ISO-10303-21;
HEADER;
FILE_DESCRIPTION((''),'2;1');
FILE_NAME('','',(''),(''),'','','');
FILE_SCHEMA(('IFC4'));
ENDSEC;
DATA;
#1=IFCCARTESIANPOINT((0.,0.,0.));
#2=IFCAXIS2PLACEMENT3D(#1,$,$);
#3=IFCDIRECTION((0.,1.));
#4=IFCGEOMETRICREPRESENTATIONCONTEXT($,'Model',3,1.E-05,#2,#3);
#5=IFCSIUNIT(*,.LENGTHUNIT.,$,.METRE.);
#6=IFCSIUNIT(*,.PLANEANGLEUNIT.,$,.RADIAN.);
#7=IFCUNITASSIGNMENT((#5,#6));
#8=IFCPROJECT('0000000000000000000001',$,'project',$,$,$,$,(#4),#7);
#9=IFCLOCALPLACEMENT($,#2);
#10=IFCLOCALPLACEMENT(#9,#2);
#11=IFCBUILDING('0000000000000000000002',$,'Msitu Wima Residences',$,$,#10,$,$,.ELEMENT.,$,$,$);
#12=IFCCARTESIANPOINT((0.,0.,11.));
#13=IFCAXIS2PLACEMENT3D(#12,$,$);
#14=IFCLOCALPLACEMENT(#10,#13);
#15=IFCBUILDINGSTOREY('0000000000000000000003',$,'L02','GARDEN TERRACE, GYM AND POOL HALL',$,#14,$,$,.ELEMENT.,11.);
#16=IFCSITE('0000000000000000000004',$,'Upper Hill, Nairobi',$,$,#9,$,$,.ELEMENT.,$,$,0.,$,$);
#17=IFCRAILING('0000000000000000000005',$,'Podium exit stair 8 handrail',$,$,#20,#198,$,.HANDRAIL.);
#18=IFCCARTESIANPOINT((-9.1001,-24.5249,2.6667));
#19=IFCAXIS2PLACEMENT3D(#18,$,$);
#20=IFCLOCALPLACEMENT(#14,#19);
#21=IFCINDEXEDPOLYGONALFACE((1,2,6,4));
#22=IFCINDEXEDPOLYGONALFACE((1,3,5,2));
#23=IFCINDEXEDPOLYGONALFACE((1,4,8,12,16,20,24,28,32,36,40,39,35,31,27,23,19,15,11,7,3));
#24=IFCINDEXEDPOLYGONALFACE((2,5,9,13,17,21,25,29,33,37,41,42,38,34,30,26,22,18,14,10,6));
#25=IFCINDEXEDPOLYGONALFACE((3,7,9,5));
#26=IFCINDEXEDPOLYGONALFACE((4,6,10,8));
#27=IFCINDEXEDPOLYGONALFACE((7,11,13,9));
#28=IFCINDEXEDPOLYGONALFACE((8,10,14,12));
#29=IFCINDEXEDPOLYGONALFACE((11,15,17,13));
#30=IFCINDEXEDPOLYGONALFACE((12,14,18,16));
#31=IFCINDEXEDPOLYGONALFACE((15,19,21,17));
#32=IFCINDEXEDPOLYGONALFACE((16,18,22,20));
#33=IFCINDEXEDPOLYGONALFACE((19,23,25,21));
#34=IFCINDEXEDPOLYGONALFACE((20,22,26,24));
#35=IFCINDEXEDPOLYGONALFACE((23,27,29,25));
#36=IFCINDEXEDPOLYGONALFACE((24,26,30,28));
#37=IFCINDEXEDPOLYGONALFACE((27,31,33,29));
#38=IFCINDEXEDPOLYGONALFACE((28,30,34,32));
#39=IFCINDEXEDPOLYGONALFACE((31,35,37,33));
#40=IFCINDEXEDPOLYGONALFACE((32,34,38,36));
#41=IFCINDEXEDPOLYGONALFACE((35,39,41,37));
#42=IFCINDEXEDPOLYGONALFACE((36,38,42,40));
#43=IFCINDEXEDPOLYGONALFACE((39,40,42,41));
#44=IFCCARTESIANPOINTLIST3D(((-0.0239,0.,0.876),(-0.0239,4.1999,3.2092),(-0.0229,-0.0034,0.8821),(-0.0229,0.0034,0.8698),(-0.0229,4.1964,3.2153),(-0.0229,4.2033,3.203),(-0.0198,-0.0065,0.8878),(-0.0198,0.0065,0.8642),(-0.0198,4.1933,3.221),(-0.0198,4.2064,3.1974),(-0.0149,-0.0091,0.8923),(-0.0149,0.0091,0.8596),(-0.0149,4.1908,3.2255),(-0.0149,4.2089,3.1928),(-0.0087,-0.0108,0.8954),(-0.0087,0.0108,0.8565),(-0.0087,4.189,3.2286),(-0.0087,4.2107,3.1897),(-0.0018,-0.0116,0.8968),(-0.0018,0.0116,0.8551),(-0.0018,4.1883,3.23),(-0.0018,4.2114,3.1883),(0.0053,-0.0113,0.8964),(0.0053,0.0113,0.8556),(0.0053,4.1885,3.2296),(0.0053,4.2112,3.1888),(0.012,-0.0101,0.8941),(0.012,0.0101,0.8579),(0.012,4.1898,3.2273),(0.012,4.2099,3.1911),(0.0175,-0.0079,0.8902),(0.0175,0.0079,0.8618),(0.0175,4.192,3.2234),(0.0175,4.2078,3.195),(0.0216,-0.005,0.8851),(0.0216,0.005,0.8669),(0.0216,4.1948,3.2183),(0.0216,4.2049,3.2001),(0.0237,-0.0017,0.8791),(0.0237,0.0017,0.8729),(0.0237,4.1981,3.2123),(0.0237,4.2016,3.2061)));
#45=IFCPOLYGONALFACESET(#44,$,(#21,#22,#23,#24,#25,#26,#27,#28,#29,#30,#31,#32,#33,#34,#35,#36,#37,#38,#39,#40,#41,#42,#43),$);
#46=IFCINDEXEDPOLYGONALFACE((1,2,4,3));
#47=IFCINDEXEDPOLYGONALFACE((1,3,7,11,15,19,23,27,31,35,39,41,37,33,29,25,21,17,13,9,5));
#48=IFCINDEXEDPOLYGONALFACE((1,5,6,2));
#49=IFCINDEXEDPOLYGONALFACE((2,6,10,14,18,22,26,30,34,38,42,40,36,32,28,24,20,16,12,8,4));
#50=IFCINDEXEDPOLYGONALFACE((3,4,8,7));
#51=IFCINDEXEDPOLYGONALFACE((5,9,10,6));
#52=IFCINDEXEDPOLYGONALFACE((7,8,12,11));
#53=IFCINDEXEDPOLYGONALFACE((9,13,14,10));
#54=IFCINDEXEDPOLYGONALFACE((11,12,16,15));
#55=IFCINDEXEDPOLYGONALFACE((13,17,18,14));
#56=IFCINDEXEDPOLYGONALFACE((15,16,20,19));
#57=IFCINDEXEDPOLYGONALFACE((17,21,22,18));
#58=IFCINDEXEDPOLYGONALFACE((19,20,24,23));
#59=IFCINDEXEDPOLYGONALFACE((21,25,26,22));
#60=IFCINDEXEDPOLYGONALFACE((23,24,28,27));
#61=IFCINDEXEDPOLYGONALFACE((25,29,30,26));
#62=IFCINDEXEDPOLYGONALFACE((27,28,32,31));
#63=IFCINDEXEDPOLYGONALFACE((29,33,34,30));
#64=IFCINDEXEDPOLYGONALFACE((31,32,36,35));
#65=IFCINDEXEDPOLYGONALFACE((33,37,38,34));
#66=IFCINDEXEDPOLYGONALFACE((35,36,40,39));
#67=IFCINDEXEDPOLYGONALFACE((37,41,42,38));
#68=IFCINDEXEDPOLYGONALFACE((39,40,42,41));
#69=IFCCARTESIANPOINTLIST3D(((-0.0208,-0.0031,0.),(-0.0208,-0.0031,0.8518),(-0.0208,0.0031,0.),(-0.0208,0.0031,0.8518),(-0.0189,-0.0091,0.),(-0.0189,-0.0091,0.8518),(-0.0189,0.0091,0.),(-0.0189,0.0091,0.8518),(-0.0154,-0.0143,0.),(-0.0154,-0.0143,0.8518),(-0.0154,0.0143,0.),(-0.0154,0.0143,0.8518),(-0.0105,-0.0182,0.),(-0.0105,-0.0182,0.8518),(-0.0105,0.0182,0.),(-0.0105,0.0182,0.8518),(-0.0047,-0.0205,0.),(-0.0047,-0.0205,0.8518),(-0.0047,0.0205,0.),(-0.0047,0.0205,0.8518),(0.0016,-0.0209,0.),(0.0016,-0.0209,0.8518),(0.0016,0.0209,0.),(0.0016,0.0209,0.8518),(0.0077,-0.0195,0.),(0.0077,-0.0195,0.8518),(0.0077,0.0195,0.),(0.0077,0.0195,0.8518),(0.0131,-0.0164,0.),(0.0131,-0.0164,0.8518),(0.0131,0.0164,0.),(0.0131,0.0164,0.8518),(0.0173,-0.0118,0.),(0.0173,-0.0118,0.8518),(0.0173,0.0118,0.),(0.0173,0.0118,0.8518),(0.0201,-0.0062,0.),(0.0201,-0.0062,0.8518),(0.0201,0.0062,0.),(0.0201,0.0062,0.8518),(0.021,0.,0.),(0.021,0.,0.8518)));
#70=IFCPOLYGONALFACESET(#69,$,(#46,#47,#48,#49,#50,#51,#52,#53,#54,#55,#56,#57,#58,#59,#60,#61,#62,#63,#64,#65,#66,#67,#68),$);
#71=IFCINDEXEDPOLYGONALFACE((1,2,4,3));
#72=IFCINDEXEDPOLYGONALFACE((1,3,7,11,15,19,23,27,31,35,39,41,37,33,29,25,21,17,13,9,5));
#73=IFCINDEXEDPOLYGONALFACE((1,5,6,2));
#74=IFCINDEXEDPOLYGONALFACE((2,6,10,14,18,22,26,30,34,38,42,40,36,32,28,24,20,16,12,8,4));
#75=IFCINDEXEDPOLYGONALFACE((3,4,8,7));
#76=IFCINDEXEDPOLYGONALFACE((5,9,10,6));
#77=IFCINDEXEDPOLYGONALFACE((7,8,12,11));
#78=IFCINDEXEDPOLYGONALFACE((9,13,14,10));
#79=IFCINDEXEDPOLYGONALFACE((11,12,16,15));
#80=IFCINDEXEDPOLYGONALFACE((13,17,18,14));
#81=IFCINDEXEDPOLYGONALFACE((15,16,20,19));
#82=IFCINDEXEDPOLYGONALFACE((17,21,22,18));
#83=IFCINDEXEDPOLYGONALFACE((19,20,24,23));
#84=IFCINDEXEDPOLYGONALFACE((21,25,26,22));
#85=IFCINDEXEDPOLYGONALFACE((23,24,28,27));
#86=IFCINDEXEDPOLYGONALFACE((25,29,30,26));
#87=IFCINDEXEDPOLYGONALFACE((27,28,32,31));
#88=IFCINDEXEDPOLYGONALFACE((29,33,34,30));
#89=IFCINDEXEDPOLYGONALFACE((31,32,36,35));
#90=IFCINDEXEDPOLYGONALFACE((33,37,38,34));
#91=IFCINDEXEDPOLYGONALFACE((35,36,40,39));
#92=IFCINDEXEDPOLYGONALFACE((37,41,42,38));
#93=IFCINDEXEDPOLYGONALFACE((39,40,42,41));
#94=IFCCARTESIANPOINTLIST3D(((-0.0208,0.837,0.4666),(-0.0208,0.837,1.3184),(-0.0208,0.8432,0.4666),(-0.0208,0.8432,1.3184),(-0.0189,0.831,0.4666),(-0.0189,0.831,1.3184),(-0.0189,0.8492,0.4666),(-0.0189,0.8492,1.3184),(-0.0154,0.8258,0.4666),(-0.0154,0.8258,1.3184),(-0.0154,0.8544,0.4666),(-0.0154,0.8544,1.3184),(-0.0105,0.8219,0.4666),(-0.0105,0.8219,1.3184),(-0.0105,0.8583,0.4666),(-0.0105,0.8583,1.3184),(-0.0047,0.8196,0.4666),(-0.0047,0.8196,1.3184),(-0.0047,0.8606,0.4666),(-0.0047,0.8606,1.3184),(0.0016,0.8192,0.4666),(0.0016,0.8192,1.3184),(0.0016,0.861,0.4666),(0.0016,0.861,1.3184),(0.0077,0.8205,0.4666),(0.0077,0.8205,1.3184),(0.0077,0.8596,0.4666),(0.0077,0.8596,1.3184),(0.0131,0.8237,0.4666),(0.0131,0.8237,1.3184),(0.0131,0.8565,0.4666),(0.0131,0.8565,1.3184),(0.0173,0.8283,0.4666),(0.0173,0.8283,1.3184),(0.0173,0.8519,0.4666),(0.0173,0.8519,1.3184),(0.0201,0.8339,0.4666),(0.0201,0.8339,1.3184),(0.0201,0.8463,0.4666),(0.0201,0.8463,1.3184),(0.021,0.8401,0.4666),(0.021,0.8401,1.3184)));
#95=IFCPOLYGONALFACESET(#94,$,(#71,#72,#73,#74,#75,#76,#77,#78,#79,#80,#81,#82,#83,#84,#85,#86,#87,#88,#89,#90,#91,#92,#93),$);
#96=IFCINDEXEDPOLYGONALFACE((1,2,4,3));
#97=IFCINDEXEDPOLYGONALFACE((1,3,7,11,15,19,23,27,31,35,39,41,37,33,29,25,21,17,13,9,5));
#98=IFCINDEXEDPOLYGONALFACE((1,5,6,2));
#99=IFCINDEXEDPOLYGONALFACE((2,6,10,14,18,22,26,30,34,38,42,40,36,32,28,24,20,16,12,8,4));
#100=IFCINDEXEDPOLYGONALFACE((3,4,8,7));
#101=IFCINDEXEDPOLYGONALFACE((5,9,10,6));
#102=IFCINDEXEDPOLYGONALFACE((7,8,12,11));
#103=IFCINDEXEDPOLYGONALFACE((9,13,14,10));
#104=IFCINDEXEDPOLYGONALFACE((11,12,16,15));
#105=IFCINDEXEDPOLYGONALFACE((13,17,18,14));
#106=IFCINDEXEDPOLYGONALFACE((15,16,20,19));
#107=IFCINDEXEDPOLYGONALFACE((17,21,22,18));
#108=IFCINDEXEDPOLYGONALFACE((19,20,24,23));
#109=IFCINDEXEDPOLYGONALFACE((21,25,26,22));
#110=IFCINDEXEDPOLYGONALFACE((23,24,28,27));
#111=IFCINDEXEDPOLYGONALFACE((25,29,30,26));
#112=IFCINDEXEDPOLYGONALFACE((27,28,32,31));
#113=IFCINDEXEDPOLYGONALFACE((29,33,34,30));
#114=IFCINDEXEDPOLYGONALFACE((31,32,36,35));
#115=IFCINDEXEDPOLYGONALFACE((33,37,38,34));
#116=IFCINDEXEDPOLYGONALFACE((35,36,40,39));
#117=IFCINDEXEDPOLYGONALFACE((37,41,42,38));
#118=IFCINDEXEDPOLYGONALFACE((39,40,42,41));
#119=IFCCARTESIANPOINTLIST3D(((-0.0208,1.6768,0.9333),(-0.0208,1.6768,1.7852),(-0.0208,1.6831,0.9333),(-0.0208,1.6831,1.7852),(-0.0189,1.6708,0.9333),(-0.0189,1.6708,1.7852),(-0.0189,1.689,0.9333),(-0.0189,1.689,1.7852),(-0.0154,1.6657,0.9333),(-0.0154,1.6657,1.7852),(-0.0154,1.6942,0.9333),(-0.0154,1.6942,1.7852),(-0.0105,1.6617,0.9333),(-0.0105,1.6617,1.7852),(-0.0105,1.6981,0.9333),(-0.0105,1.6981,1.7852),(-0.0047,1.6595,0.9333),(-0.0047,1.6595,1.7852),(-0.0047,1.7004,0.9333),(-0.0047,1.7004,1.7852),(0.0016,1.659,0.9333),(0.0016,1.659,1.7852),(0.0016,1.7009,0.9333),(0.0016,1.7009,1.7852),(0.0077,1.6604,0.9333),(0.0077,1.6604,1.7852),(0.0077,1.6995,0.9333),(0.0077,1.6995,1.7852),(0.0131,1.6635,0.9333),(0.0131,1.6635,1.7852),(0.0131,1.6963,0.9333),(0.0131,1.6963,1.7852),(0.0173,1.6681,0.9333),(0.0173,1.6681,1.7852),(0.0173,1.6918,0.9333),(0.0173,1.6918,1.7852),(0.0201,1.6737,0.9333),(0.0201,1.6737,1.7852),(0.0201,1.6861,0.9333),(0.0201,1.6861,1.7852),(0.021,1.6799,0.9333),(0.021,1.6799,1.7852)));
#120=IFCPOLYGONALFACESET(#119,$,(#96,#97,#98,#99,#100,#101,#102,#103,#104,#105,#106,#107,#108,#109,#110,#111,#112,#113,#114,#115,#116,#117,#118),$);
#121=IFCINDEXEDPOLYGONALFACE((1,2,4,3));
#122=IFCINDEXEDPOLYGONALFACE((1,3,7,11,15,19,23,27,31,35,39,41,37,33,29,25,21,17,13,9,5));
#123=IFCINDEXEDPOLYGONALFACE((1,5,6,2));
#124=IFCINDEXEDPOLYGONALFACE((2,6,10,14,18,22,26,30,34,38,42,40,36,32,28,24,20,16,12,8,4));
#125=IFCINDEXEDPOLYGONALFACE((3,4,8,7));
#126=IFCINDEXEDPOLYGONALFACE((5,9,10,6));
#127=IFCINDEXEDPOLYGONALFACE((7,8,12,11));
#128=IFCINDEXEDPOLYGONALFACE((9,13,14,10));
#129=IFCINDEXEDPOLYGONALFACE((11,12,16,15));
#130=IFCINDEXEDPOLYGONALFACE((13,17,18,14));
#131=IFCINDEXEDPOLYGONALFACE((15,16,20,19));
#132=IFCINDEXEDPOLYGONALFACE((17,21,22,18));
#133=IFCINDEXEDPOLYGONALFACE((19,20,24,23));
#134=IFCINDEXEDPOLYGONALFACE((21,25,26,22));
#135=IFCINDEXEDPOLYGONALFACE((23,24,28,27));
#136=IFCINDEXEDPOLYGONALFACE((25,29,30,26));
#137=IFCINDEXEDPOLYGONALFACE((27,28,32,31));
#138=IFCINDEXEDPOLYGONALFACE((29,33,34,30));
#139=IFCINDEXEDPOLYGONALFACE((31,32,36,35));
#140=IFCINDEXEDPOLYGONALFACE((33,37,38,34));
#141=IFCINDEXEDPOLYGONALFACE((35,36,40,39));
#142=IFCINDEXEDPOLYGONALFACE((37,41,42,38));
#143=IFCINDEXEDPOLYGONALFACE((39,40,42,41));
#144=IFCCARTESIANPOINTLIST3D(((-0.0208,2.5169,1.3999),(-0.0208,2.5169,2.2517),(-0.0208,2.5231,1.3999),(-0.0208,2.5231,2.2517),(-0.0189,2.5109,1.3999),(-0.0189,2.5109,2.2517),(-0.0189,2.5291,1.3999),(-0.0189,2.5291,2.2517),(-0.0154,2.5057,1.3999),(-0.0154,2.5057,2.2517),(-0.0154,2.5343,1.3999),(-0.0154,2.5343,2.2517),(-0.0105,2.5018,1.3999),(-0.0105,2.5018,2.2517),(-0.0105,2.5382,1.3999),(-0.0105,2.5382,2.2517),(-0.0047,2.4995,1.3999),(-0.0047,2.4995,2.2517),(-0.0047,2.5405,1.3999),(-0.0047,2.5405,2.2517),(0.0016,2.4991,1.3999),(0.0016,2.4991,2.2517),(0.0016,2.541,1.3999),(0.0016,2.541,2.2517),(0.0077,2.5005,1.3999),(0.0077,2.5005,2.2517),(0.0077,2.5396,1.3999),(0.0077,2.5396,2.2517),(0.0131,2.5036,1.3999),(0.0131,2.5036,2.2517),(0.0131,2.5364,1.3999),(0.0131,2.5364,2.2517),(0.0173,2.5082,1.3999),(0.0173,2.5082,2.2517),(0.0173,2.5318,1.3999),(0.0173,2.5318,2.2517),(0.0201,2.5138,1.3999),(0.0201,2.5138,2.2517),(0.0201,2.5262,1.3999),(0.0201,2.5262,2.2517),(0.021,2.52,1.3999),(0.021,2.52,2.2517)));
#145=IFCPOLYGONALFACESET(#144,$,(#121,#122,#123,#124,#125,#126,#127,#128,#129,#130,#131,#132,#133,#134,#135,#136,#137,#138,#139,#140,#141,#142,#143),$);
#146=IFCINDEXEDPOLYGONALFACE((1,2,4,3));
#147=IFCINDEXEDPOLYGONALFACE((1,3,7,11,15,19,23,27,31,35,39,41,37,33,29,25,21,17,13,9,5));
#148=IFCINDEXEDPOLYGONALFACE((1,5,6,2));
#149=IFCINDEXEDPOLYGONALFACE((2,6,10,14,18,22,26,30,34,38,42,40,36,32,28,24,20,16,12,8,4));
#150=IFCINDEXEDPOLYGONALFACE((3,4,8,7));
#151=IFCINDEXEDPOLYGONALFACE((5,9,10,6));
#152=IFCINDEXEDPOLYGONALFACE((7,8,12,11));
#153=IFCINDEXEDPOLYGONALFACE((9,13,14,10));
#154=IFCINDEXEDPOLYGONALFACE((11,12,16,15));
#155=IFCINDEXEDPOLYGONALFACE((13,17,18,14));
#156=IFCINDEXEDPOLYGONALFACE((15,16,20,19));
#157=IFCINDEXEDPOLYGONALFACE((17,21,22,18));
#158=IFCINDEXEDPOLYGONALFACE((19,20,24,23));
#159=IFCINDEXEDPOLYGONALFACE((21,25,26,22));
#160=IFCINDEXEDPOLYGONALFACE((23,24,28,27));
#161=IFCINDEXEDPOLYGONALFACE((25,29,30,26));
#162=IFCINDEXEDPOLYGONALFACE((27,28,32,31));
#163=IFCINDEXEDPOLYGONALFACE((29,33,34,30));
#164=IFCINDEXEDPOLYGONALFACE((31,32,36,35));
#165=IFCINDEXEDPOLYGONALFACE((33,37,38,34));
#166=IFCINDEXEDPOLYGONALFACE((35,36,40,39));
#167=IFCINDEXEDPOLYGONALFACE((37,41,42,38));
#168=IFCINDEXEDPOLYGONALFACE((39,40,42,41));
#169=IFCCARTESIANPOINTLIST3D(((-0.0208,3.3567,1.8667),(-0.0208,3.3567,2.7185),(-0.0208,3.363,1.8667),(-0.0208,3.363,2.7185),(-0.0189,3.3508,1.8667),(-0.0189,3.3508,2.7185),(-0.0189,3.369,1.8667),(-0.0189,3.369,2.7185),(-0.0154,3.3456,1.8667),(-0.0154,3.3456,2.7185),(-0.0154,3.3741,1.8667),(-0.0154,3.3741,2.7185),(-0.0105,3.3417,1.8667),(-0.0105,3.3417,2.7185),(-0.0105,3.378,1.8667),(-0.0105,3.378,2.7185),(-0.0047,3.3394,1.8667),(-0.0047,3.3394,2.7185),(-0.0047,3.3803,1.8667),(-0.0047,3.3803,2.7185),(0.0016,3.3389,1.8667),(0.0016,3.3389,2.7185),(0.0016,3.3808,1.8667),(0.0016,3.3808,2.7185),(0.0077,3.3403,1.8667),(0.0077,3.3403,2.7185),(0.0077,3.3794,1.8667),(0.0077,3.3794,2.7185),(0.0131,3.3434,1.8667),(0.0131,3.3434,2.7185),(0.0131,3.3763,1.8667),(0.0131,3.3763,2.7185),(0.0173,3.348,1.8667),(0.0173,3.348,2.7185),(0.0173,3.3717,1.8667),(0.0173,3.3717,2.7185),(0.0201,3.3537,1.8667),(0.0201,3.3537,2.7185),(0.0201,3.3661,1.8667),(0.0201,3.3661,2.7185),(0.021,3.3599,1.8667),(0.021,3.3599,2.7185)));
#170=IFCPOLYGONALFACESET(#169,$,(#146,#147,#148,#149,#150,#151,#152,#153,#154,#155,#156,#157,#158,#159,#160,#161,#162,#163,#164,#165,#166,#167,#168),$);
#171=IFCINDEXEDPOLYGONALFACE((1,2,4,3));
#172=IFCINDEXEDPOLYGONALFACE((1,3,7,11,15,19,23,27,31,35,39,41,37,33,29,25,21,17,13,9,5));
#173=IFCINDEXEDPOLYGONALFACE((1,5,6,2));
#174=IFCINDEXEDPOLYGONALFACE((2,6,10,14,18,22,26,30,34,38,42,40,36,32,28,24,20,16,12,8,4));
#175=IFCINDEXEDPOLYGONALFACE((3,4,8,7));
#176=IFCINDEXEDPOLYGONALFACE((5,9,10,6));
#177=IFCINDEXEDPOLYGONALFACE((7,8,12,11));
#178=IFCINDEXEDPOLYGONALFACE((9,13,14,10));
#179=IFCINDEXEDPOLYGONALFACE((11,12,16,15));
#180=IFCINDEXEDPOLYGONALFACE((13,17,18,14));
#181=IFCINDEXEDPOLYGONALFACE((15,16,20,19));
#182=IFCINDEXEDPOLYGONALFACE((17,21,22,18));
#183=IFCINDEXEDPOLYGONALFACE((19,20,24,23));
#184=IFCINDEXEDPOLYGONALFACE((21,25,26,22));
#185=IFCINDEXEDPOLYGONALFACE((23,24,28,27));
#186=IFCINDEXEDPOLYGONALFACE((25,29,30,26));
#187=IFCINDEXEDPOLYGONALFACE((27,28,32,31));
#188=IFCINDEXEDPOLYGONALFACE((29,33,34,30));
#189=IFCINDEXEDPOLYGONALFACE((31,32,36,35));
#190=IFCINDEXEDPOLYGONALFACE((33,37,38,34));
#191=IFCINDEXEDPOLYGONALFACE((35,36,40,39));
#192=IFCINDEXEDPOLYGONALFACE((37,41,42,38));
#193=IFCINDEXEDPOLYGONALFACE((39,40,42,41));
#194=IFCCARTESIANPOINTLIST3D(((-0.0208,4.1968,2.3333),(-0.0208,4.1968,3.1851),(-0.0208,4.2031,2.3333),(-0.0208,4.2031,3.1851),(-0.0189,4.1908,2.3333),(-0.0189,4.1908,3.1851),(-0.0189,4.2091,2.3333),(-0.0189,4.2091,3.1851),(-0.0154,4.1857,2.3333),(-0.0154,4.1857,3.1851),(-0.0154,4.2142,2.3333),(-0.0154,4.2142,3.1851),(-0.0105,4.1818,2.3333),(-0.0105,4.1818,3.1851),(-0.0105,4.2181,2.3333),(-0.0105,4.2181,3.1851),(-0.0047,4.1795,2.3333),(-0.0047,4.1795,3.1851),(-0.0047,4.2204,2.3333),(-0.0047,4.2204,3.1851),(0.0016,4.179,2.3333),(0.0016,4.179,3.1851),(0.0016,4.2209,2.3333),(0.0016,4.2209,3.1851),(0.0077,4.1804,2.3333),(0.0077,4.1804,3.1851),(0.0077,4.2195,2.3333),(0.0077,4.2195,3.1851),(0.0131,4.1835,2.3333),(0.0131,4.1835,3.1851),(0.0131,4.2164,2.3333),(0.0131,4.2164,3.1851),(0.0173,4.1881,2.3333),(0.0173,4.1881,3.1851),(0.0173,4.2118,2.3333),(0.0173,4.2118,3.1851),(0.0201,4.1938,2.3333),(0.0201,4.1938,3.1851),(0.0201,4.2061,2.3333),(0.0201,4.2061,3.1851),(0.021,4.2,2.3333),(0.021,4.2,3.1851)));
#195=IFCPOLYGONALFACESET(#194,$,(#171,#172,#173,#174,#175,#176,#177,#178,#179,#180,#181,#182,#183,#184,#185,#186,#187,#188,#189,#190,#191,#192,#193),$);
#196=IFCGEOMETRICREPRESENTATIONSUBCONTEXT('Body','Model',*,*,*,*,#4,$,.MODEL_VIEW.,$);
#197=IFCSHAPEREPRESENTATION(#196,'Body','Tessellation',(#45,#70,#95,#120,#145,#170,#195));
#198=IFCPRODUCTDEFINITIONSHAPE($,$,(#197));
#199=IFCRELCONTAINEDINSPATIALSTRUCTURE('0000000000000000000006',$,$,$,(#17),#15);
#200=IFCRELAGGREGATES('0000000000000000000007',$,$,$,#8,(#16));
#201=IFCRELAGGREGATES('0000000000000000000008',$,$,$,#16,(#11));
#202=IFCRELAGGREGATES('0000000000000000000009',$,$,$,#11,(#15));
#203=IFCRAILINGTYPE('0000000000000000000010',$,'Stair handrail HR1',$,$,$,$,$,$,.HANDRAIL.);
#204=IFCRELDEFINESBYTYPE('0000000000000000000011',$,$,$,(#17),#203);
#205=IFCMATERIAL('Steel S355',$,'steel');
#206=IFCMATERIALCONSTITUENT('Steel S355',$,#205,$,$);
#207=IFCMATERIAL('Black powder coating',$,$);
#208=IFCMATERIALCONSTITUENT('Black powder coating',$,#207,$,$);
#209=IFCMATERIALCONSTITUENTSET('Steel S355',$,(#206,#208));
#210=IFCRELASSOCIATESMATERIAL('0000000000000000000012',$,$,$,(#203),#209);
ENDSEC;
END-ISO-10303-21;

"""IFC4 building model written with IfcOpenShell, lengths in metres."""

from ifc_helpers import new_model, si_unit, direction, frame, origin, origin_2d, place, context, subcontext, project, spatial, circle, extrude, material, constituent, constituent_set, type_object, element, save


model = new_model("IFC4")

# Units and contexts
model_context = context("Model", 3, precision=1e-05, world=origin(), true_north=direction((0.0, 1.0)))
body_context = subcontext(model_context, "Body", "Model", "MODEL_VIEW")
ifc_project = project(units=[si_unit("LENGTHUNIT", "METRE"), si_unit("PLANEANGLEUNIT", "RADIAN")], contexts=[model_context])

# Site, building, storey
site_placement = place(None, origin())
site = spatial("IfcSite", under=ifc_project, at=site_placement, Name="Upper Hill, Nairobi", CompositionType="ELEMENT", RefElevation=0.0)
building_placement = place(site_placement, origin())
building = spatial("IfcBuilding", under=site, at=building_placement, Name="Msitu Wima Residences", CompositionType="ELEMENT")
storey_placement = place(building_placement, frame((0.0, 0.0, 11.0)))
storey = spatial("IfcBuildingStorey", under=building, at=storey_placement, Name="L02", Description="GARDEN TERRACE, GYM AND POOL HALL", CompositionType="ELEMENT", Elevation=11.0)

# Railing
ifc_material_1 = material(Name="Steel S355", Category="steel")
ifc_constituent_1 = constituent(ifc_material_1, Name="Steel S355")
ifc_material_2 = material(Name="Black powder coating")
ifc_constituent_2 = constituent(ifc_material_2, Name="Black powder coating")
ifc_constituent_set = constituent_set(constituents=[ifc_constituent_1, ifc_constituent_2], Name="Steel S355")
railing_type = type_object("IfcRailingType", Name="Stair handrail HR1", PredefinedType="HANDRAIL", material=ifc_constituent_set)
for number, where, name in (
    (1, (-9.1001, -24.5249, 2.6667), "Podium exit stair 8 handrail"),
):
    element("IfcRailing", number, at=place(storey_placement, frame(where)), inside=storey, type_object=railing_type, Name=name, PredefinedType="HANDRAIL", context=body_context, shape_type="SweptSolid", body=[
        extrude(circle(Radius=0.0239, at=origin_2d()), frame((0.0, 0.0, 0.876), z_axis=(0.0, 0.874162, 0.485634), x_axis=(-1.0, 0.0, 0.0)), (0.0, 0.0, 1.0), 4.8044),
        extrude(circle(Radius=0.021, at=origin_2d()), origin(), (0.0, 0.0, 1.0), 0.8518),
        extrude(circle(Radius=0.021, at=origin_2d()), frame((0.0, 0.8401, 0.4666)), (0.0, 0.0, 1.0), 0.8518),
        extrude(circle(Radius=0.021, at=origin_2d()), frame((0.0, 1.6799, 0.9333)), (0.0, 0.0, 1.0), 0.8518),
        extrude(circle(Radius=0.021, at=origin_2d()), frame((0.0, 2.52, 1.3999)), (0.0, 0.0, 1.0), 0.8518),
        extrude(circle(Radius=0.021, at=origin_2d()), frame((0.0, 3.3599, 1.8667)), (0.0, 0.0, 1.0), 0.8518),
        extrude(circle(Radius=0.021, at=origin_2d()), frame((0.0, 4.2, 2.3333)), (0.0, 0.0, 1.0), 0.8518),
    ])

save(model, "model.ifc")
